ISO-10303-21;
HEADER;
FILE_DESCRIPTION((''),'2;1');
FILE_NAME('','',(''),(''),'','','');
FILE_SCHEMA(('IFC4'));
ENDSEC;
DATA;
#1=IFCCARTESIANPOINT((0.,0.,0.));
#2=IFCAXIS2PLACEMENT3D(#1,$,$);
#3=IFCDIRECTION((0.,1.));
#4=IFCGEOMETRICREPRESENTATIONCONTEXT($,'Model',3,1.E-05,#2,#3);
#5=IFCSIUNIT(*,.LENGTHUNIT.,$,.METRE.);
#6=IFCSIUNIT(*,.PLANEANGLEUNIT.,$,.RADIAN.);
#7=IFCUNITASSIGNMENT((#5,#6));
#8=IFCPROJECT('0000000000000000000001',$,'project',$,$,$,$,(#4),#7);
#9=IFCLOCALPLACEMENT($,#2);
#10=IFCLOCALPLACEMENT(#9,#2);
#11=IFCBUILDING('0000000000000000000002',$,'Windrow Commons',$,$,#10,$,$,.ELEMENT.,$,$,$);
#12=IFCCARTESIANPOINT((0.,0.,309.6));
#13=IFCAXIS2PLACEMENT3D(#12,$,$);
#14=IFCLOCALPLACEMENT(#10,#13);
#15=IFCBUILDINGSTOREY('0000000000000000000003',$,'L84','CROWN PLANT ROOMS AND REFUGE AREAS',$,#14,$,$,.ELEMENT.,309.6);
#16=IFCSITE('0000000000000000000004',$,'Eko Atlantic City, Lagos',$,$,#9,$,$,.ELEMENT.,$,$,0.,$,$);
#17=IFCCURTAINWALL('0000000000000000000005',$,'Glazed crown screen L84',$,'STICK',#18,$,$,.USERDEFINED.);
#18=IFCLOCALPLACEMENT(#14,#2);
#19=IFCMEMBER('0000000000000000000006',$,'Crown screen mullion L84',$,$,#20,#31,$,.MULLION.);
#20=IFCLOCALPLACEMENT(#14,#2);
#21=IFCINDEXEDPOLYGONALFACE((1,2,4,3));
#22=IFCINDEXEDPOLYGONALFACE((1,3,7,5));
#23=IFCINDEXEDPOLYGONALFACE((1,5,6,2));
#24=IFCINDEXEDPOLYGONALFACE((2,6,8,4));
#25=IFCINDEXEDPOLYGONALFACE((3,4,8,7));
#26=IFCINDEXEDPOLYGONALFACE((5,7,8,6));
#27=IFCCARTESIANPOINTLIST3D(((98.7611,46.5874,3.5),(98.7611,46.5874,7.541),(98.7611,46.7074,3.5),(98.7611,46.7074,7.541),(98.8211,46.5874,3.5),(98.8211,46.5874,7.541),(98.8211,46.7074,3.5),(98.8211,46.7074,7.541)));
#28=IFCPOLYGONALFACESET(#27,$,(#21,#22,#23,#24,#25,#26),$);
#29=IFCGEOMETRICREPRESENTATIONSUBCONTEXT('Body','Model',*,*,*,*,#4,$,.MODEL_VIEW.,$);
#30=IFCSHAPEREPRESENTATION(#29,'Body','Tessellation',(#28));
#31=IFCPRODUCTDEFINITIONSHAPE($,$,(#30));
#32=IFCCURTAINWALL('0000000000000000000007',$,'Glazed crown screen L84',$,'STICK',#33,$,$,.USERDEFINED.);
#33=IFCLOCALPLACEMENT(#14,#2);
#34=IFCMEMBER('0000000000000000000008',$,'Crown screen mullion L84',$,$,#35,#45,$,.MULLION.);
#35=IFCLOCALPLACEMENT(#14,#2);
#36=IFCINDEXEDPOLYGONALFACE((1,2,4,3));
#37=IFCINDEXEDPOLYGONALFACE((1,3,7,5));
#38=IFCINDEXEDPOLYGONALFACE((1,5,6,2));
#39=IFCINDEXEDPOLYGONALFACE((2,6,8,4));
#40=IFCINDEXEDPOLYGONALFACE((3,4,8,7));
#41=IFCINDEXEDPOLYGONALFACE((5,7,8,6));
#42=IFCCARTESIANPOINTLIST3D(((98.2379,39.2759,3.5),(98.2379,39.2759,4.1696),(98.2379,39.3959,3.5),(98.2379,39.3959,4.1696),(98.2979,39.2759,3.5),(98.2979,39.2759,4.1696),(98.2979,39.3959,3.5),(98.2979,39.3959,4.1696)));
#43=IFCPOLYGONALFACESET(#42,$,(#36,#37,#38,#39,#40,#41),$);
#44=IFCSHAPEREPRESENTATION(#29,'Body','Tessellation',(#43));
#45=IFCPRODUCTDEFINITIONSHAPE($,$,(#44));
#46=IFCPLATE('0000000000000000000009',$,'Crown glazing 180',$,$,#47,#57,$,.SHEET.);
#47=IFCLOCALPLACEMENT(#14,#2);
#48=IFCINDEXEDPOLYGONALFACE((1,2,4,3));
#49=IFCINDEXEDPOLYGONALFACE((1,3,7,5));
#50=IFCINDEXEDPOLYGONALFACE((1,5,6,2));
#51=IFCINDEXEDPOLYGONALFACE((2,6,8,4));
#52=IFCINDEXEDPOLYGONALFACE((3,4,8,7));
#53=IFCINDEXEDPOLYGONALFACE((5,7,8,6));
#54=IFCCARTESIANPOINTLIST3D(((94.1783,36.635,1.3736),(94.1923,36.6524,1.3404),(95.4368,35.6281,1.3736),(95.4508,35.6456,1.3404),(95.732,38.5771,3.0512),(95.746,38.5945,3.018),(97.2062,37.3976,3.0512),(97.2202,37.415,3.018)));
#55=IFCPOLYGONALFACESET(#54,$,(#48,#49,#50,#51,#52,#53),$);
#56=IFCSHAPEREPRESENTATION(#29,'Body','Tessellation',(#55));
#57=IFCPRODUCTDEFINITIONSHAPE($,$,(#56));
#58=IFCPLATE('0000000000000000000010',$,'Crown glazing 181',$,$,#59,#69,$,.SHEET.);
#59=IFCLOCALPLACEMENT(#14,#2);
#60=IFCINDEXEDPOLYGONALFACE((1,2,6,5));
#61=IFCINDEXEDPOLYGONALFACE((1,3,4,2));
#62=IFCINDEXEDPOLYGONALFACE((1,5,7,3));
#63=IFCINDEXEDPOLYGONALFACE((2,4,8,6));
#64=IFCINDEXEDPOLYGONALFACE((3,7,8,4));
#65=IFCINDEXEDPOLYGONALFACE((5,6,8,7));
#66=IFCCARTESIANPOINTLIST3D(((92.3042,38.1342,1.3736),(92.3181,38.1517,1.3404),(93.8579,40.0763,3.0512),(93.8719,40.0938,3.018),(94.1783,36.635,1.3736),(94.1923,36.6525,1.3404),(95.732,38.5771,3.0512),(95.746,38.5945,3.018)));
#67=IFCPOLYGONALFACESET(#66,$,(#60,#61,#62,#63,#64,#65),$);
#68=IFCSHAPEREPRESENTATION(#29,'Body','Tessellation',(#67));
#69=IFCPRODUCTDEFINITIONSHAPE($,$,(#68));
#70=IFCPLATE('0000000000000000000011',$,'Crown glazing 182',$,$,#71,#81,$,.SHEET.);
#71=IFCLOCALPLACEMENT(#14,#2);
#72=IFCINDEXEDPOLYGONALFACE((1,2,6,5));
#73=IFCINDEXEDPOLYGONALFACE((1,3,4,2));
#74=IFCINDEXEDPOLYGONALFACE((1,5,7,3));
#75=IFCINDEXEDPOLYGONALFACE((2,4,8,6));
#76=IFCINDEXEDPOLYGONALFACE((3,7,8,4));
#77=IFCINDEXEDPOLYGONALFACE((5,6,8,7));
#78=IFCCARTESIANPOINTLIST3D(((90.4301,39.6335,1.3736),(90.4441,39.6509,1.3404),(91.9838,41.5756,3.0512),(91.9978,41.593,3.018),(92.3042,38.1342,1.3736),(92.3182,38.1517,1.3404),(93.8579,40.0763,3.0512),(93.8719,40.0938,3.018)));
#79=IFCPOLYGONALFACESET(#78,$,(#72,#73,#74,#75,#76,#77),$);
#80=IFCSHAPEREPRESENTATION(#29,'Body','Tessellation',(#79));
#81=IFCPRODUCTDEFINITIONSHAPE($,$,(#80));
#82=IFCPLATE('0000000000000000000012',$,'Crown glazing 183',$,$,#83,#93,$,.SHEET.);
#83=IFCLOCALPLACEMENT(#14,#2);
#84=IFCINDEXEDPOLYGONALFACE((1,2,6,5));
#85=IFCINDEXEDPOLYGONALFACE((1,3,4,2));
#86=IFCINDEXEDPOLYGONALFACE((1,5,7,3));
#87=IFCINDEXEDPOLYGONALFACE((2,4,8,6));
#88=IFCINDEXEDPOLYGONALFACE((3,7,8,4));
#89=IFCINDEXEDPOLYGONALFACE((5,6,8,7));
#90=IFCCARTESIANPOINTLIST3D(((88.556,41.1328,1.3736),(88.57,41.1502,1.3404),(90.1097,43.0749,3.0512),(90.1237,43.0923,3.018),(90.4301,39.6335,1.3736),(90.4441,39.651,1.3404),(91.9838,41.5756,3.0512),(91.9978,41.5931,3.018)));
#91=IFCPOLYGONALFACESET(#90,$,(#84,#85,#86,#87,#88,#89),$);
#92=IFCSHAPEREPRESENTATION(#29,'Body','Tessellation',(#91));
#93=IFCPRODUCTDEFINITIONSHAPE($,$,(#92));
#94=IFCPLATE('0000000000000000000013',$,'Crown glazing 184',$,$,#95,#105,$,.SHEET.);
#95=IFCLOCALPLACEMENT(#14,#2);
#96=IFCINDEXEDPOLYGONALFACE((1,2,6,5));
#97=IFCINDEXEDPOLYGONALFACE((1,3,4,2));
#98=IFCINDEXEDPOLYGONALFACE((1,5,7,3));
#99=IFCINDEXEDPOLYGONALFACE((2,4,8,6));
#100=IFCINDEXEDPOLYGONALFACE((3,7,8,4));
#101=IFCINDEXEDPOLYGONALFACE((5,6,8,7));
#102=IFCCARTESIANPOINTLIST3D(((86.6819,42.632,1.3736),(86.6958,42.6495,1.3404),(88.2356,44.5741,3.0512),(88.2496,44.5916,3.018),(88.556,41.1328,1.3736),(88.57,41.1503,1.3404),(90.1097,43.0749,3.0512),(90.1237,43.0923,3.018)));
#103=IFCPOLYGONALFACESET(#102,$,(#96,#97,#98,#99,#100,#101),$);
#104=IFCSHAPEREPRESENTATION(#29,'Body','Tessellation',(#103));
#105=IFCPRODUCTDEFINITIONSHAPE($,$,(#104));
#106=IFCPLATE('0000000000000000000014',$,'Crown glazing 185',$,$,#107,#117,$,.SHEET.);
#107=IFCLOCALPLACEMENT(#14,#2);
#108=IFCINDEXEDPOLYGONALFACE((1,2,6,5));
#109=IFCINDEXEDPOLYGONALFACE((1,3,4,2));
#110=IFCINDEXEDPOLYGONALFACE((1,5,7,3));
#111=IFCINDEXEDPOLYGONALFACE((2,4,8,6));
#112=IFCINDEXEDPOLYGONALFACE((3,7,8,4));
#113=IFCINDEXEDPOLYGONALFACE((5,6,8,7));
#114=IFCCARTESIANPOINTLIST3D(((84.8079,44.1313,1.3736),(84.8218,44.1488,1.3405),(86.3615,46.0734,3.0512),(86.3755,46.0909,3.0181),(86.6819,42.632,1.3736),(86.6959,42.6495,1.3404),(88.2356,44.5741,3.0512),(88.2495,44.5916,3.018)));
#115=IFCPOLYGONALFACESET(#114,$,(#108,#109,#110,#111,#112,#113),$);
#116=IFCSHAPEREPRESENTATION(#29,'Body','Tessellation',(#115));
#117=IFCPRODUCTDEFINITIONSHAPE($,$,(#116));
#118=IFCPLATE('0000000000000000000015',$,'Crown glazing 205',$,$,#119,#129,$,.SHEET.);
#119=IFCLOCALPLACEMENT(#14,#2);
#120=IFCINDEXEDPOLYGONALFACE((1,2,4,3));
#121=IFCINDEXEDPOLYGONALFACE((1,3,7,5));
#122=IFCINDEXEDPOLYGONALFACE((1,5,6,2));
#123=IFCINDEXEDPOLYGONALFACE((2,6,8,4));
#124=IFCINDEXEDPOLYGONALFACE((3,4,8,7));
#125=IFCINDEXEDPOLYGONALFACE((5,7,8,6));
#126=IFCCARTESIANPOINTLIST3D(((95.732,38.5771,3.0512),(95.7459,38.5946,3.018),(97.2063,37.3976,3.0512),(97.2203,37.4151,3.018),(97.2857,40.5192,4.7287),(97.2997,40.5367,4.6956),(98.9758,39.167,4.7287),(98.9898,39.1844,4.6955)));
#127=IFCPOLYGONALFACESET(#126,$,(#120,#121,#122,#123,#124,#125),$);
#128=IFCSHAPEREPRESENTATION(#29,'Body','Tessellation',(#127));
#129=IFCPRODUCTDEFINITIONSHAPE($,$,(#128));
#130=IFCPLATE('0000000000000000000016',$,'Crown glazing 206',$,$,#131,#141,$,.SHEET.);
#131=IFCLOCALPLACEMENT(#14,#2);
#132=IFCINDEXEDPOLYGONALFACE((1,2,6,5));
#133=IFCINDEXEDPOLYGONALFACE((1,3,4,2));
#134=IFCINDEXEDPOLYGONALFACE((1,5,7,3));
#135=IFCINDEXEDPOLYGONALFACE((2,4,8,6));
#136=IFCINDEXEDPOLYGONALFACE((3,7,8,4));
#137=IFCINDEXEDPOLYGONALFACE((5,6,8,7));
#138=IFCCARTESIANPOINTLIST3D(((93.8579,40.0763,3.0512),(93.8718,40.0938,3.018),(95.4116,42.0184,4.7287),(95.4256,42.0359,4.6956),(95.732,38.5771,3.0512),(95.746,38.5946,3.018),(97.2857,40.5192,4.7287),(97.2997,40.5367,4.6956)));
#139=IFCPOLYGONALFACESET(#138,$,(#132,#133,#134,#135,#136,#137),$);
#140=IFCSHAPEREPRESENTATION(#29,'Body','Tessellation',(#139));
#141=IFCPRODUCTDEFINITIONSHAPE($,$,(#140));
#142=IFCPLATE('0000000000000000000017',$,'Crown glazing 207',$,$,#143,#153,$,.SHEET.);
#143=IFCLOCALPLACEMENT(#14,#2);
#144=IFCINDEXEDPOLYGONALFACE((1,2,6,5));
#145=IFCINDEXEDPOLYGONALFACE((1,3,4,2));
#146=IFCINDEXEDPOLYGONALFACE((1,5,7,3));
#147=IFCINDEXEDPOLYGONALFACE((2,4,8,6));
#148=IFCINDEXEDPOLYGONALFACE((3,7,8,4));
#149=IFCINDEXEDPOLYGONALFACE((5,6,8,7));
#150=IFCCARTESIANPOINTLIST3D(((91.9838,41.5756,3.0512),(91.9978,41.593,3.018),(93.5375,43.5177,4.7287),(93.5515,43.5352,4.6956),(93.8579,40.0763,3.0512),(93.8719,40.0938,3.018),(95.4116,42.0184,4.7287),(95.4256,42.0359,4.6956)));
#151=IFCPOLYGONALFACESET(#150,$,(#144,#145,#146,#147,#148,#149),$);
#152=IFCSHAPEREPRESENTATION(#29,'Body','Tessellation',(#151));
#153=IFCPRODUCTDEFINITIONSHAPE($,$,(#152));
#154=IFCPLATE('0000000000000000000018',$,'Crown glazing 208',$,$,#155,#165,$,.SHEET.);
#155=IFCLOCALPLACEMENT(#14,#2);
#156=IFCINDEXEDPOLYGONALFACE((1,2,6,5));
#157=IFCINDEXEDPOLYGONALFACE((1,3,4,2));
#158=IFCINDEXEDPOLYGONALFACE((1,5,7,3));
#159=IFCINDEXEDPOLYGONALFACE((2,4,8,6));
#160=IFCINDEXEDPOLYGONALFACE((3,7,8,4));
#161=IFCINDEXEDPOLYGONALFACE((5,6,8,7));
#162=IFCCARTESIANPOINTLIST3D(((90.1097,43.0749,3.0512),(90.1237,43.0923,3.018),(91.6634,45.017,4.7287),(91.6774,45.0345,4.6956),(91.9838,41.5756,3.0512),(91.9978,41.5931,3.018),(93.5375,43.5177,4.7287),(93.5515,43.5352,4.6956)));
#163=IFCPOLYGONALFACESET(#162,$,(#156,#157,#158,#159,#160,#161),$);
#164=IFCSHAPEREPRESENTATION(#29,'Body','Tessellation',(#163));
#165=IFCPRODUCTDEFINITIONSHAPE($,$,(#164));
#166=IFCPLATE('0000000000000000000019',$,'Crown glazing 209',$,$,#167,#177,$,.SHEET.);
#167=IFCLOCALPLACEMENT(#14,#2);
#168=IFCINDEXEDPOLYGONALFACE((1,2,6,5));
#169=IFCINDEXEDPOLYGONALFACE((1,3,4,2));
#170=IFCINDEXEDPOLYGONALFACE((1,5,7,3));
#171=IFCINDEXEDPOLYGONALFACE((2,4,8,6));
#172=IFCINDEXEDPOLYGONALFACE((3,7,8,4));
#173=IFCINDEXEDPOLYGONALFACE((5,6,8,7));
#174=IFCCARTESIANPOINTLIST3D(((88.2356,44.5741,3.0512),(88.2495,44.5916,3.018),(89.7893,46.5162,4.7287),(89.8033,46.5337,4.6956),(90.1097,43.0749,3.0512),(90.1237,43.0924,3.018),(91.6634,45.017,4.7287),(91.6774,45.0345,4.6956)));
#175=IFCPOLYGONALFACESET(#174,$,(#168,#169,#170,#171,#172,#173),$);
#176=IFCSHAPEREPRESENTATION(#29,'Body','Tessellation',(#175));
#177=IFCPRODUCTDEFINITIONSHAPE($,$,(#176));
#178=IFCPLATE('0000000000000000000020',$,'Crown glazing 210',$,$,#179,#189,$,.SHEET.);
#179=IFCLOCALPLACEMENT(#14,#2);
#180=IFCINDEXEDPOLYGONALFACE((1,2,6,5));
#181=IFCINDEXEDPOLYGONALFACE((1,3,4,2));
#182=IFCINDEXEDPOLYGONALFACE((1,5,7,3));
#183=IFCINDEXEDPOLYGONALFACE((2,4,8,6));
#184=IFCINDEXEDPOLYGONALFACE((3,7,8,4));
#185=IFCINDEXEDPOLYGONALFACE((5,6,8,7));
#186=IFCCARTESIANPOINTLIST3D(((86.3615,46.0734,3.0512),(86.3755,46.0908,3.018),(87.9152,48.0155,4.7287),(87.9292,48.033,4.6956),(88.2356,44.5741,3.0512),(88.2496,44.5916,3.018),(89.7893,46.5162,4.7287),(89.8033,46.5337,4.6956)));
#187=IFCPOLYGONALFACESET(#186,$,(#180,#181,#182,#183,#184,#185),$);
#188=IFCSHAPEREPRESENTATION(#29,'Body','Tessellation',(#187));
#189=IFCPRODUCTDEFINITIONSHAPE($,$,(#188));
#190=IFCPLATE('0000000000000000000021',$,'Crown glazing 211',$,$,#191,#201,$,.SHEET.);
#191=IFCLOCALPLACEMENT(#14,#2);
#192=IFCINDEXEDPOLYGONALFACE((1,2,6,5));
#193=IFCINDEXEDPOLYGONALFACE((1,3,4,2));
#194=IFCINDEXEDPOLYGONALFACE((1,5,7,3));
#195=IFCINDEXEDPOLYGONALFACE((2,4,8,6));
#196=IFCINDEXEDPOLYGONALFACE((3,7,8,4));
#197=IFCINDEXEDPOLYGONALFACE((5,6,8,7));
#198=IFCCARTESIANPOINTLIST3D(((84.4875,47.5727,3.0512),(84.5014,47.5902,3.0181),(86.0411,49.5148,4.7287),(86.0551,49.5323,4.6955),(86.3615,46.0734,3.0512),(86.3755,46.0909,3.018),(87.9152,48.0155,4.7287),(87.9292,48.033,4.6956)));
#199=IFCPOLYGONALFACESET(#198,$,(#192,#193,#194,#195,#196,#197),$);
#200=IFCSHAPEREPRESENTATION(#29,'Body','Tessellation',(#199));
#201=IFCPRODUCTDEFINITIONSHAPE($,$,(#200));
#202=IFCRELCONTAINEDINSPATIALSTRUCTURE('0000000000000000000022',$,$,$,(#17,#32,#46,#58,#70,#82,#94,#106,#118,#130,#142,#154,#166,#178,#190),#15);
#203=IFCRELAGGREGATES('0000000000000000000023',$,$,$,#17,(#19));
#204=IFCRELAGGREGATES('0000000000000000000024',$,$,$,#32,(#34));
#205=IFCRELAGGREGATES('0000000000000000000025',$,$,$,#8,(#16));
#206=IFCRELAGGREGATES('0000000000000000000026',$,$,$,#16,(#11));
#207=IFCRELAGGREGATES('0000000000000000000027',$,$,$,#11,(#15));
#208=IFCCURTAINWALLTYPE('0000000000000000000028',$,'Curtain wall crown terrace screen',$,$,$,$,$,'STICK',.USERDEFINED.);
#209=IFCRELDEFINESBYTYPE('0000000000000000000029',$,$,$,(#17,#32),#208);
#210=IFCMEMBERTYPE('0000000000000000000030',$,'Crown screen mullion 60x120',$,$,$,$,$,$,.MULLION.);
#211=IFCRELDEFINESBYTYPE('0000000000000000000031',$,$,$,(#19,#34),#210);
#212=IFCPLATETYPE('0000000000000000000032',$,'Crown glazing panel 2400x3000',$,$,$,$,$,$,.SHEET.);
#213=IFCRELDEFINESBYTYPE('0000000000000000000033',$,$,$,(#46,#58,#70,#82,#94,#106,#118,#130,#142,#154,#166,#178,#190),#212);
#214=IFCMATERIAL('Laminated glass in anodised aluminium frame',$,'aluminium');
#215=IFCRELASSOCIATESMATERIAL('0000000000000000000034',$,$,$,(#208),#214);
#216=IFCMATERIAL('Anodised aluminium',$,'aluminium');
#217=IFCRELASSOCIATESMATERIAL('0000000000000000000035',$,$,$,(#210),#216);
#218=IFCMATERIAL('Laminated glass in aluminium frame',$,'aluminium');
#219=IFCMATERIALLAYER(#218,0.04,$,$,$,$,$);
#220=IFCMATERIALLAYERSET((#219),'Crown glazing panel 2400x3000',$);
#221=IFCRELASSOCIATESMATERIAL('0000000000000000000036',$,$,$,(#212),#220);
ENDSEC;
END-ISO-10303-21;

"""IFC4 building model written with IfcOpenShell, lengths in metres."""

from ifc_helpers import new_model, si_unit, direction, frame, origin, origin_2d, place, context, subcontext, project, spatial, polyline, rectangle, outline, extrude, material, layer, layer_set, material_profile, profile_set, type_object, element, aggregate, save


model = new_model("IFC4")

# Units and contexts
model_context = context("Model", 3, precision=1e-05, world=origin(), true_north=direction((0.0, 1.0)))
body_context = subcontext(model_context, "Body", "Model", "MODEL_VIEW")
ifc_project = project(units=[si_unit("LENGTHUNIT", "METRE"), si_unit("PLANEANGLEUNIT", "RADIAN")], contexts=[model_context])

# Site, building, storey
site_placement = place(None, origin())
site = spatial("IfcSite", under=ifc_project, at=site_placement, Name="Eko Atlantic City, Lagos", CompositionType="ELEMENT", RefElevation=0.0)
building_placement = place(site_placement, origin())
building = spatial("IfcBuilding", under=site, at=building_placement, Name="Windrow Commons", CompositionType="ELEMENT")
storey_placement = place(building_placement, frame((0.0, 0.0, 309.6)))
storey = spatial("IfcBuildingStorey", under=building, at=storey_placement, Name="L84", Description="CROWN PLANT ROOMS AND REFUGE AREAS", CompositionType="ELEMENT", Elevation=309.6)

# Curtain walls, members
ifc_material_1 = material(Name="Laminated glass in anodised aluminium frame", Category="aluminium")
curtain_wall_type = type_object("IfcCurtainWallType", Name="Curtain wall crown terrace screen", ElementType="STICK", PredefinedType="USERDEFINED", material=ifc_material_1)
placement = place(storey_placement, origin())
curtain_wall_1 = element("IfcCurtainWall", 1, at=placement, inside=storey, type_object=curtain_wall_type, Name="Glazed crown screen L84", ObjectType="STICK", PredefinedType="USERDEFINED")
ifc_material_2 = material(Name="Anodised aluminium", Category="aluminium")
ifc_material_profile = material_profile(ifc_material_2, rectangle(XDim=0.06, YDim=0.12, at=origin_2d()))
ifc_profile_set = profile_set([ifc_material_profile], Name="Anodised aluminium")
member_type = type_object("IfcMemberType", Name="Crown screen mullion 60x120", PredefinedType="MULLION", material=ifc_profile_set)
member_1_placement = place(storey_placement, frame((98.7911, 46.6474, 3.5), z_axis=(0.0, 0.0, 1.0), x_axis=(1.0, 0.0, 0.0)))
member_1 = element("IfcMember", 2, at=member_1_placement, type_object=member_type, Name="Crown screen mullion L84", PredefinedType="MULLION", context=body_context, shape_type="SweptSolid", body=[
    extrude(rectangle(XDim=0.06, YDim=0.12, at=origin_2d()), origin(), (0.0, 0.0, 1.0), 4.041),
])
aggregate(curtain_wall_1, [member_1])
curtain_wall_2 = element("IfcCurtainWall", 3, at=placement, inside=storey, type_object=curtain_wall_type, Name="Glazed crown screen L84", ObjectType="STICK", PredefinedType="USERDEFINED")
member_2_placement = place(storey_placement, frame((98.2679, 39.3359, 3.5), z_axis=(0.0, 0.0, 1.0), x_axis=(1.0, 0.0, 0.0)))
member_2 = element("IfcMember", 4, at=member_2_placement, type_object=member_type, Name="Crown screen mullion L84", PredefinedType="MULLION", context=body_context, shape_type="SweptSolid", body=[
    extrude(rectangle(XDim=0.06, YDim=0.12, at=origin_2d()), origin(), (0.0, 0.0, 1.0), 0.6696),
])
aggregate(curtain_wall_2, [member_2])

# Plates
ifc_material_3 = material(Name="Laminated glass in aluminium frame", Category="aluminium")
ifc_layer_1 = layer(ifc_material_3, 0.04)
ifc_layer_set_1 = layer_set([ifc_layer_1], Name="Crown glazing panel 2400x3000")
plate_type_1 = type_object("IfcPlateType", Name="Crown glazing panel 2400x3000", PredefinedType="SHEET", material=ifc_layer_set_1)
plate_1_placement = place(storey_placement, frame((95.4368, 35.6281, 1.3736), z_axis=(-0.349342, -0.436645, 0.829037), x_axis=(-0.780841, 0.62473, 0.000006)))
element("IfcPlate", 5, at=plate_1_placement, inside=storey, type_object=plate_type_1, Name="Crown glazing 180", PredefinedType="SHEET", context=body_context, shape_type="SweptSolid", body=[
    extrude(outline(polyline([(0.0, 0.0), (1.6117, 0.0), (1.6118, -3.0), (-0.2762, -3.0), (0.0, 0.0)])), origin(), (0.0, 0.0, -1.0), 0.04),
])
plate_2_placement = place(storey_placement, frame((94.1783, 36.635, 1.3736), z_axis=(-0.349317, -0.436669, 0.829034), x_axis=(-0.780885, 0.624675, 0.0)))
element("IfcPlate", 6, at=plate_2_placement, inside=storey, type_object=plate_type_1, Name="Crown glazing 181", PredefinedType="SHEET", context=body_context, shape_type="SweptSolid", body=[
    extrude(outline(polyline([(0.0, 0.0), (2.4, 0.0), (2.3999, -3.0), (-0.0001, -3.0), (0.0, 0.0)])), origin(), (0.0, 0.0, -1.0), 0.04),
])
for number, where, z_axis, x_axis, name in (
    (7, (92.3042, 38.1342, 1.3736), (-0.349331, -0.436658, 0.829034), (-0.780865, 0.6247, 0.0), "Crown glazing 182"),
    (8, (90.4301, 39.6335, 1.3736), (-0.349331, -0.436658, 0.829034), (-0.780865, 0.6247, 0.0), "Crown glazing 183"),
):
    element("IfcPlate", number, at=place(storey_placement, frame(where, z_axis=z_axis, x_axis=x_axis)), inside=storey, type_object=plate_type_1, Name=name, PredefinedType="SHEET", context=body_context, shape_type="SweptSolid", body=[
        extrude(outline(polyline([(0.0, 0.0), (2.4, 0.0), (2.4, -3.0), (0.0, -3.0), (0.0, 0.0)])), origin(), (0.0, 0.0, -1.0), 0.04),
    ])
plate_3_placement = place(storey_placement, frame((88.556, 41.1328, 1.3736), z_axis=(-0.349317, -0.436669, 0.829034), x_axis=(-0.780885, 0.624675, 0.0)))
element("IfcPlate", 9, at=plate_3_placement, inside=storey, type_object=plate_type_1, Name="Crown glazing 184", PredefinedType="SHEET", context=body_context, shape_type="SweptSolid", body=[
    extrude(outline(polyline([(0.0, 0.0), (2.4, 0.0), (2.3999, -3.0), (-0.0001, -3.0), (0.0, 0.0)])), origin(), (0.0, 0.0, -1.0), 0.04),
])
plate_4_placement = place(storey_placement, frame((86.6819, 42.632, 1.3736), z_axis=(-0.349339, -0.436657, 0.829031), x_axis=(-0.780851, 0.624717, 0.000006)))
element("IfcPlate", 10, at=plate_4_placement, inside=storey, type_object=plate_type_1, Name="Crown glazing 185", PredefinedType="SHEET", context=body_context, shape_type="SweptSolid", body=[
    extrude(outline(polyline([(0.0, 0.0), (2.4, 0.0), (2.4001, -3.0), (0.0001, -3.0), (0.0, 0.0)])), origin(), (0.0, 0.0, -1.0), 0.04),
])
plate_5_placement = place(storey_placement, frame((97.2063, 37.3976, 3.0512), z_axis=(-0.349331, -0.436632, 0.829048), x_axis=(-0.780851, 0.624717, -0.000005)))
element("IfcPlate", 11, at=plate_5_placement, inside=storey, type_object=plate_type_1, Name="Crown glazing 205", PredefinedType="SHEET", context=body_context, shape_type="SweptSolid", body=[
    extrude(outline(polyline([(0.0, 0.0), (1.8881, 0.0), (1.8881, -3.0), (-0.2764, -2.9999), (0.0, 0.0)])), origin(), (0.0, 0.0, -1.0), 0.04),
])
plate_6_placement = place(storey_placement, frame((95.732, 38.5771, 3.0512), z_axis=(-0.349302, -0.436651, 0.82905), x_axis=(-0.780885, 0.624675, 0.0)))
element("IfcPlate", 12, at=plate_6_placement, inside=storey, type_object=plate_type_1, Name="Crown glazing 206", PredefinedType="SHEET", context=body_context, shape_type="SweptSolid", body=[
    extrude(outline(polyline([(0.0, 0.0), (2.4, 0.0), (2.3999, -3.0), (-0.0001, -3.0), (0.0, 0.0)])), origin(), (0.0, 0.0, -1.0), 0.04),
])
for number, where, z_axis, x_axis, name in (
    (13, (93.8579, 40.0763, 3.0512), (-0.349316, -0.43664, 0.82905), (-0.780865, 0.6247, 0.0), "Crown glazing 207"),
    (14, (91.9838, 41.5756, 3.0512), (-0.349316, -0.43664, 0.82905), (-0.780865, 0.6247, 0.0), "Crown glazing 208"),
):
    element("IfcPlate", number, at=place(storey_placement, frame(where, z_axis=z_axis, x_axis=x_axis)), inside=storey, type_object=plate_type_1, Name=name, PredefinedType="SHEET", context=body_context, shape_type="SweptSolid", body=[
        extrude(outline(polyline([(0.0, 0.0), (2.4, 0.0), (2.4, -3.0), (0.0, -3.0), (0.0, 0.0)])), origin(), (0.0, 0.0, -1.0), 0.04),
    ])
plate_7_placement = place(storey_placement, frame((90.1097, 43.0749, 3.0512), z_axis=(-0.349302, -0.436651, 0.82905), x_axis=(-0.780885, 0.624675, 0.0)))
element("IfcPlate", 15, at=plate_7_placement, inside=storey, type_object=plate_type_1, Name="Crown glazing 209", PredefinedType="SHEET", context=body_context, shape_type="SweptSolid", body=[
    extrude(outline(polyline([(0.0, 0.0), (2.4, 0.0), (2.3999, -3.0), (-0.0001, -3.0), (0.0, 0.0)])), origin(), (0.0, 0.0, -1.0), 0.04),
])
plate_8_placement = place(storey_placement, frame((88.2356, 44.5741, 3.0512), z_axis=(-0.349316, -0.43664, 0.82905), x_axis=(-0.780865, 0.6247, 0.0)))
element("IfcPlate", 16, at=plate_8_placement, inside=storey, type_object=plate_type_1, Name="Crown glazing 210", PredefinedType="SHEET", context=body_context, shape_type="SweptSolid", body=[
    extrude(outline(polyline([(0.0, 0.0), (2.4, 0.0), (2.4, -3.0), (0.0, -3.0), (0.0, 0.0)])), origin(), (0.0, 0.0, -1.0), 0.04),
])
plate_9_placement = place(storey_placement, frame((86.3615, 46.0734, 3.0512), z_axis=(-0.349325, -0.436639, 0.829047), x_axis=(-0.780851, 0.624717, 0.000006)))
element("IfcPlate", 17, at=plate_9_placement, inside=storey, type_object=plate_type_1, Name="Crown glazing 211", PredefinedType="SHEET", context=body_context, shape_type="SweptSolid", body=[
    extrude(outline(polyline([(0.0, 0.0), (2.4, 0.0), (2.4001, -2.9999), (0.0001, -3.0), (0.0, 0.0)])), origin(), (0.0, 0.0, -1.0), 0.04),
])

save(model, "model.ifc")
